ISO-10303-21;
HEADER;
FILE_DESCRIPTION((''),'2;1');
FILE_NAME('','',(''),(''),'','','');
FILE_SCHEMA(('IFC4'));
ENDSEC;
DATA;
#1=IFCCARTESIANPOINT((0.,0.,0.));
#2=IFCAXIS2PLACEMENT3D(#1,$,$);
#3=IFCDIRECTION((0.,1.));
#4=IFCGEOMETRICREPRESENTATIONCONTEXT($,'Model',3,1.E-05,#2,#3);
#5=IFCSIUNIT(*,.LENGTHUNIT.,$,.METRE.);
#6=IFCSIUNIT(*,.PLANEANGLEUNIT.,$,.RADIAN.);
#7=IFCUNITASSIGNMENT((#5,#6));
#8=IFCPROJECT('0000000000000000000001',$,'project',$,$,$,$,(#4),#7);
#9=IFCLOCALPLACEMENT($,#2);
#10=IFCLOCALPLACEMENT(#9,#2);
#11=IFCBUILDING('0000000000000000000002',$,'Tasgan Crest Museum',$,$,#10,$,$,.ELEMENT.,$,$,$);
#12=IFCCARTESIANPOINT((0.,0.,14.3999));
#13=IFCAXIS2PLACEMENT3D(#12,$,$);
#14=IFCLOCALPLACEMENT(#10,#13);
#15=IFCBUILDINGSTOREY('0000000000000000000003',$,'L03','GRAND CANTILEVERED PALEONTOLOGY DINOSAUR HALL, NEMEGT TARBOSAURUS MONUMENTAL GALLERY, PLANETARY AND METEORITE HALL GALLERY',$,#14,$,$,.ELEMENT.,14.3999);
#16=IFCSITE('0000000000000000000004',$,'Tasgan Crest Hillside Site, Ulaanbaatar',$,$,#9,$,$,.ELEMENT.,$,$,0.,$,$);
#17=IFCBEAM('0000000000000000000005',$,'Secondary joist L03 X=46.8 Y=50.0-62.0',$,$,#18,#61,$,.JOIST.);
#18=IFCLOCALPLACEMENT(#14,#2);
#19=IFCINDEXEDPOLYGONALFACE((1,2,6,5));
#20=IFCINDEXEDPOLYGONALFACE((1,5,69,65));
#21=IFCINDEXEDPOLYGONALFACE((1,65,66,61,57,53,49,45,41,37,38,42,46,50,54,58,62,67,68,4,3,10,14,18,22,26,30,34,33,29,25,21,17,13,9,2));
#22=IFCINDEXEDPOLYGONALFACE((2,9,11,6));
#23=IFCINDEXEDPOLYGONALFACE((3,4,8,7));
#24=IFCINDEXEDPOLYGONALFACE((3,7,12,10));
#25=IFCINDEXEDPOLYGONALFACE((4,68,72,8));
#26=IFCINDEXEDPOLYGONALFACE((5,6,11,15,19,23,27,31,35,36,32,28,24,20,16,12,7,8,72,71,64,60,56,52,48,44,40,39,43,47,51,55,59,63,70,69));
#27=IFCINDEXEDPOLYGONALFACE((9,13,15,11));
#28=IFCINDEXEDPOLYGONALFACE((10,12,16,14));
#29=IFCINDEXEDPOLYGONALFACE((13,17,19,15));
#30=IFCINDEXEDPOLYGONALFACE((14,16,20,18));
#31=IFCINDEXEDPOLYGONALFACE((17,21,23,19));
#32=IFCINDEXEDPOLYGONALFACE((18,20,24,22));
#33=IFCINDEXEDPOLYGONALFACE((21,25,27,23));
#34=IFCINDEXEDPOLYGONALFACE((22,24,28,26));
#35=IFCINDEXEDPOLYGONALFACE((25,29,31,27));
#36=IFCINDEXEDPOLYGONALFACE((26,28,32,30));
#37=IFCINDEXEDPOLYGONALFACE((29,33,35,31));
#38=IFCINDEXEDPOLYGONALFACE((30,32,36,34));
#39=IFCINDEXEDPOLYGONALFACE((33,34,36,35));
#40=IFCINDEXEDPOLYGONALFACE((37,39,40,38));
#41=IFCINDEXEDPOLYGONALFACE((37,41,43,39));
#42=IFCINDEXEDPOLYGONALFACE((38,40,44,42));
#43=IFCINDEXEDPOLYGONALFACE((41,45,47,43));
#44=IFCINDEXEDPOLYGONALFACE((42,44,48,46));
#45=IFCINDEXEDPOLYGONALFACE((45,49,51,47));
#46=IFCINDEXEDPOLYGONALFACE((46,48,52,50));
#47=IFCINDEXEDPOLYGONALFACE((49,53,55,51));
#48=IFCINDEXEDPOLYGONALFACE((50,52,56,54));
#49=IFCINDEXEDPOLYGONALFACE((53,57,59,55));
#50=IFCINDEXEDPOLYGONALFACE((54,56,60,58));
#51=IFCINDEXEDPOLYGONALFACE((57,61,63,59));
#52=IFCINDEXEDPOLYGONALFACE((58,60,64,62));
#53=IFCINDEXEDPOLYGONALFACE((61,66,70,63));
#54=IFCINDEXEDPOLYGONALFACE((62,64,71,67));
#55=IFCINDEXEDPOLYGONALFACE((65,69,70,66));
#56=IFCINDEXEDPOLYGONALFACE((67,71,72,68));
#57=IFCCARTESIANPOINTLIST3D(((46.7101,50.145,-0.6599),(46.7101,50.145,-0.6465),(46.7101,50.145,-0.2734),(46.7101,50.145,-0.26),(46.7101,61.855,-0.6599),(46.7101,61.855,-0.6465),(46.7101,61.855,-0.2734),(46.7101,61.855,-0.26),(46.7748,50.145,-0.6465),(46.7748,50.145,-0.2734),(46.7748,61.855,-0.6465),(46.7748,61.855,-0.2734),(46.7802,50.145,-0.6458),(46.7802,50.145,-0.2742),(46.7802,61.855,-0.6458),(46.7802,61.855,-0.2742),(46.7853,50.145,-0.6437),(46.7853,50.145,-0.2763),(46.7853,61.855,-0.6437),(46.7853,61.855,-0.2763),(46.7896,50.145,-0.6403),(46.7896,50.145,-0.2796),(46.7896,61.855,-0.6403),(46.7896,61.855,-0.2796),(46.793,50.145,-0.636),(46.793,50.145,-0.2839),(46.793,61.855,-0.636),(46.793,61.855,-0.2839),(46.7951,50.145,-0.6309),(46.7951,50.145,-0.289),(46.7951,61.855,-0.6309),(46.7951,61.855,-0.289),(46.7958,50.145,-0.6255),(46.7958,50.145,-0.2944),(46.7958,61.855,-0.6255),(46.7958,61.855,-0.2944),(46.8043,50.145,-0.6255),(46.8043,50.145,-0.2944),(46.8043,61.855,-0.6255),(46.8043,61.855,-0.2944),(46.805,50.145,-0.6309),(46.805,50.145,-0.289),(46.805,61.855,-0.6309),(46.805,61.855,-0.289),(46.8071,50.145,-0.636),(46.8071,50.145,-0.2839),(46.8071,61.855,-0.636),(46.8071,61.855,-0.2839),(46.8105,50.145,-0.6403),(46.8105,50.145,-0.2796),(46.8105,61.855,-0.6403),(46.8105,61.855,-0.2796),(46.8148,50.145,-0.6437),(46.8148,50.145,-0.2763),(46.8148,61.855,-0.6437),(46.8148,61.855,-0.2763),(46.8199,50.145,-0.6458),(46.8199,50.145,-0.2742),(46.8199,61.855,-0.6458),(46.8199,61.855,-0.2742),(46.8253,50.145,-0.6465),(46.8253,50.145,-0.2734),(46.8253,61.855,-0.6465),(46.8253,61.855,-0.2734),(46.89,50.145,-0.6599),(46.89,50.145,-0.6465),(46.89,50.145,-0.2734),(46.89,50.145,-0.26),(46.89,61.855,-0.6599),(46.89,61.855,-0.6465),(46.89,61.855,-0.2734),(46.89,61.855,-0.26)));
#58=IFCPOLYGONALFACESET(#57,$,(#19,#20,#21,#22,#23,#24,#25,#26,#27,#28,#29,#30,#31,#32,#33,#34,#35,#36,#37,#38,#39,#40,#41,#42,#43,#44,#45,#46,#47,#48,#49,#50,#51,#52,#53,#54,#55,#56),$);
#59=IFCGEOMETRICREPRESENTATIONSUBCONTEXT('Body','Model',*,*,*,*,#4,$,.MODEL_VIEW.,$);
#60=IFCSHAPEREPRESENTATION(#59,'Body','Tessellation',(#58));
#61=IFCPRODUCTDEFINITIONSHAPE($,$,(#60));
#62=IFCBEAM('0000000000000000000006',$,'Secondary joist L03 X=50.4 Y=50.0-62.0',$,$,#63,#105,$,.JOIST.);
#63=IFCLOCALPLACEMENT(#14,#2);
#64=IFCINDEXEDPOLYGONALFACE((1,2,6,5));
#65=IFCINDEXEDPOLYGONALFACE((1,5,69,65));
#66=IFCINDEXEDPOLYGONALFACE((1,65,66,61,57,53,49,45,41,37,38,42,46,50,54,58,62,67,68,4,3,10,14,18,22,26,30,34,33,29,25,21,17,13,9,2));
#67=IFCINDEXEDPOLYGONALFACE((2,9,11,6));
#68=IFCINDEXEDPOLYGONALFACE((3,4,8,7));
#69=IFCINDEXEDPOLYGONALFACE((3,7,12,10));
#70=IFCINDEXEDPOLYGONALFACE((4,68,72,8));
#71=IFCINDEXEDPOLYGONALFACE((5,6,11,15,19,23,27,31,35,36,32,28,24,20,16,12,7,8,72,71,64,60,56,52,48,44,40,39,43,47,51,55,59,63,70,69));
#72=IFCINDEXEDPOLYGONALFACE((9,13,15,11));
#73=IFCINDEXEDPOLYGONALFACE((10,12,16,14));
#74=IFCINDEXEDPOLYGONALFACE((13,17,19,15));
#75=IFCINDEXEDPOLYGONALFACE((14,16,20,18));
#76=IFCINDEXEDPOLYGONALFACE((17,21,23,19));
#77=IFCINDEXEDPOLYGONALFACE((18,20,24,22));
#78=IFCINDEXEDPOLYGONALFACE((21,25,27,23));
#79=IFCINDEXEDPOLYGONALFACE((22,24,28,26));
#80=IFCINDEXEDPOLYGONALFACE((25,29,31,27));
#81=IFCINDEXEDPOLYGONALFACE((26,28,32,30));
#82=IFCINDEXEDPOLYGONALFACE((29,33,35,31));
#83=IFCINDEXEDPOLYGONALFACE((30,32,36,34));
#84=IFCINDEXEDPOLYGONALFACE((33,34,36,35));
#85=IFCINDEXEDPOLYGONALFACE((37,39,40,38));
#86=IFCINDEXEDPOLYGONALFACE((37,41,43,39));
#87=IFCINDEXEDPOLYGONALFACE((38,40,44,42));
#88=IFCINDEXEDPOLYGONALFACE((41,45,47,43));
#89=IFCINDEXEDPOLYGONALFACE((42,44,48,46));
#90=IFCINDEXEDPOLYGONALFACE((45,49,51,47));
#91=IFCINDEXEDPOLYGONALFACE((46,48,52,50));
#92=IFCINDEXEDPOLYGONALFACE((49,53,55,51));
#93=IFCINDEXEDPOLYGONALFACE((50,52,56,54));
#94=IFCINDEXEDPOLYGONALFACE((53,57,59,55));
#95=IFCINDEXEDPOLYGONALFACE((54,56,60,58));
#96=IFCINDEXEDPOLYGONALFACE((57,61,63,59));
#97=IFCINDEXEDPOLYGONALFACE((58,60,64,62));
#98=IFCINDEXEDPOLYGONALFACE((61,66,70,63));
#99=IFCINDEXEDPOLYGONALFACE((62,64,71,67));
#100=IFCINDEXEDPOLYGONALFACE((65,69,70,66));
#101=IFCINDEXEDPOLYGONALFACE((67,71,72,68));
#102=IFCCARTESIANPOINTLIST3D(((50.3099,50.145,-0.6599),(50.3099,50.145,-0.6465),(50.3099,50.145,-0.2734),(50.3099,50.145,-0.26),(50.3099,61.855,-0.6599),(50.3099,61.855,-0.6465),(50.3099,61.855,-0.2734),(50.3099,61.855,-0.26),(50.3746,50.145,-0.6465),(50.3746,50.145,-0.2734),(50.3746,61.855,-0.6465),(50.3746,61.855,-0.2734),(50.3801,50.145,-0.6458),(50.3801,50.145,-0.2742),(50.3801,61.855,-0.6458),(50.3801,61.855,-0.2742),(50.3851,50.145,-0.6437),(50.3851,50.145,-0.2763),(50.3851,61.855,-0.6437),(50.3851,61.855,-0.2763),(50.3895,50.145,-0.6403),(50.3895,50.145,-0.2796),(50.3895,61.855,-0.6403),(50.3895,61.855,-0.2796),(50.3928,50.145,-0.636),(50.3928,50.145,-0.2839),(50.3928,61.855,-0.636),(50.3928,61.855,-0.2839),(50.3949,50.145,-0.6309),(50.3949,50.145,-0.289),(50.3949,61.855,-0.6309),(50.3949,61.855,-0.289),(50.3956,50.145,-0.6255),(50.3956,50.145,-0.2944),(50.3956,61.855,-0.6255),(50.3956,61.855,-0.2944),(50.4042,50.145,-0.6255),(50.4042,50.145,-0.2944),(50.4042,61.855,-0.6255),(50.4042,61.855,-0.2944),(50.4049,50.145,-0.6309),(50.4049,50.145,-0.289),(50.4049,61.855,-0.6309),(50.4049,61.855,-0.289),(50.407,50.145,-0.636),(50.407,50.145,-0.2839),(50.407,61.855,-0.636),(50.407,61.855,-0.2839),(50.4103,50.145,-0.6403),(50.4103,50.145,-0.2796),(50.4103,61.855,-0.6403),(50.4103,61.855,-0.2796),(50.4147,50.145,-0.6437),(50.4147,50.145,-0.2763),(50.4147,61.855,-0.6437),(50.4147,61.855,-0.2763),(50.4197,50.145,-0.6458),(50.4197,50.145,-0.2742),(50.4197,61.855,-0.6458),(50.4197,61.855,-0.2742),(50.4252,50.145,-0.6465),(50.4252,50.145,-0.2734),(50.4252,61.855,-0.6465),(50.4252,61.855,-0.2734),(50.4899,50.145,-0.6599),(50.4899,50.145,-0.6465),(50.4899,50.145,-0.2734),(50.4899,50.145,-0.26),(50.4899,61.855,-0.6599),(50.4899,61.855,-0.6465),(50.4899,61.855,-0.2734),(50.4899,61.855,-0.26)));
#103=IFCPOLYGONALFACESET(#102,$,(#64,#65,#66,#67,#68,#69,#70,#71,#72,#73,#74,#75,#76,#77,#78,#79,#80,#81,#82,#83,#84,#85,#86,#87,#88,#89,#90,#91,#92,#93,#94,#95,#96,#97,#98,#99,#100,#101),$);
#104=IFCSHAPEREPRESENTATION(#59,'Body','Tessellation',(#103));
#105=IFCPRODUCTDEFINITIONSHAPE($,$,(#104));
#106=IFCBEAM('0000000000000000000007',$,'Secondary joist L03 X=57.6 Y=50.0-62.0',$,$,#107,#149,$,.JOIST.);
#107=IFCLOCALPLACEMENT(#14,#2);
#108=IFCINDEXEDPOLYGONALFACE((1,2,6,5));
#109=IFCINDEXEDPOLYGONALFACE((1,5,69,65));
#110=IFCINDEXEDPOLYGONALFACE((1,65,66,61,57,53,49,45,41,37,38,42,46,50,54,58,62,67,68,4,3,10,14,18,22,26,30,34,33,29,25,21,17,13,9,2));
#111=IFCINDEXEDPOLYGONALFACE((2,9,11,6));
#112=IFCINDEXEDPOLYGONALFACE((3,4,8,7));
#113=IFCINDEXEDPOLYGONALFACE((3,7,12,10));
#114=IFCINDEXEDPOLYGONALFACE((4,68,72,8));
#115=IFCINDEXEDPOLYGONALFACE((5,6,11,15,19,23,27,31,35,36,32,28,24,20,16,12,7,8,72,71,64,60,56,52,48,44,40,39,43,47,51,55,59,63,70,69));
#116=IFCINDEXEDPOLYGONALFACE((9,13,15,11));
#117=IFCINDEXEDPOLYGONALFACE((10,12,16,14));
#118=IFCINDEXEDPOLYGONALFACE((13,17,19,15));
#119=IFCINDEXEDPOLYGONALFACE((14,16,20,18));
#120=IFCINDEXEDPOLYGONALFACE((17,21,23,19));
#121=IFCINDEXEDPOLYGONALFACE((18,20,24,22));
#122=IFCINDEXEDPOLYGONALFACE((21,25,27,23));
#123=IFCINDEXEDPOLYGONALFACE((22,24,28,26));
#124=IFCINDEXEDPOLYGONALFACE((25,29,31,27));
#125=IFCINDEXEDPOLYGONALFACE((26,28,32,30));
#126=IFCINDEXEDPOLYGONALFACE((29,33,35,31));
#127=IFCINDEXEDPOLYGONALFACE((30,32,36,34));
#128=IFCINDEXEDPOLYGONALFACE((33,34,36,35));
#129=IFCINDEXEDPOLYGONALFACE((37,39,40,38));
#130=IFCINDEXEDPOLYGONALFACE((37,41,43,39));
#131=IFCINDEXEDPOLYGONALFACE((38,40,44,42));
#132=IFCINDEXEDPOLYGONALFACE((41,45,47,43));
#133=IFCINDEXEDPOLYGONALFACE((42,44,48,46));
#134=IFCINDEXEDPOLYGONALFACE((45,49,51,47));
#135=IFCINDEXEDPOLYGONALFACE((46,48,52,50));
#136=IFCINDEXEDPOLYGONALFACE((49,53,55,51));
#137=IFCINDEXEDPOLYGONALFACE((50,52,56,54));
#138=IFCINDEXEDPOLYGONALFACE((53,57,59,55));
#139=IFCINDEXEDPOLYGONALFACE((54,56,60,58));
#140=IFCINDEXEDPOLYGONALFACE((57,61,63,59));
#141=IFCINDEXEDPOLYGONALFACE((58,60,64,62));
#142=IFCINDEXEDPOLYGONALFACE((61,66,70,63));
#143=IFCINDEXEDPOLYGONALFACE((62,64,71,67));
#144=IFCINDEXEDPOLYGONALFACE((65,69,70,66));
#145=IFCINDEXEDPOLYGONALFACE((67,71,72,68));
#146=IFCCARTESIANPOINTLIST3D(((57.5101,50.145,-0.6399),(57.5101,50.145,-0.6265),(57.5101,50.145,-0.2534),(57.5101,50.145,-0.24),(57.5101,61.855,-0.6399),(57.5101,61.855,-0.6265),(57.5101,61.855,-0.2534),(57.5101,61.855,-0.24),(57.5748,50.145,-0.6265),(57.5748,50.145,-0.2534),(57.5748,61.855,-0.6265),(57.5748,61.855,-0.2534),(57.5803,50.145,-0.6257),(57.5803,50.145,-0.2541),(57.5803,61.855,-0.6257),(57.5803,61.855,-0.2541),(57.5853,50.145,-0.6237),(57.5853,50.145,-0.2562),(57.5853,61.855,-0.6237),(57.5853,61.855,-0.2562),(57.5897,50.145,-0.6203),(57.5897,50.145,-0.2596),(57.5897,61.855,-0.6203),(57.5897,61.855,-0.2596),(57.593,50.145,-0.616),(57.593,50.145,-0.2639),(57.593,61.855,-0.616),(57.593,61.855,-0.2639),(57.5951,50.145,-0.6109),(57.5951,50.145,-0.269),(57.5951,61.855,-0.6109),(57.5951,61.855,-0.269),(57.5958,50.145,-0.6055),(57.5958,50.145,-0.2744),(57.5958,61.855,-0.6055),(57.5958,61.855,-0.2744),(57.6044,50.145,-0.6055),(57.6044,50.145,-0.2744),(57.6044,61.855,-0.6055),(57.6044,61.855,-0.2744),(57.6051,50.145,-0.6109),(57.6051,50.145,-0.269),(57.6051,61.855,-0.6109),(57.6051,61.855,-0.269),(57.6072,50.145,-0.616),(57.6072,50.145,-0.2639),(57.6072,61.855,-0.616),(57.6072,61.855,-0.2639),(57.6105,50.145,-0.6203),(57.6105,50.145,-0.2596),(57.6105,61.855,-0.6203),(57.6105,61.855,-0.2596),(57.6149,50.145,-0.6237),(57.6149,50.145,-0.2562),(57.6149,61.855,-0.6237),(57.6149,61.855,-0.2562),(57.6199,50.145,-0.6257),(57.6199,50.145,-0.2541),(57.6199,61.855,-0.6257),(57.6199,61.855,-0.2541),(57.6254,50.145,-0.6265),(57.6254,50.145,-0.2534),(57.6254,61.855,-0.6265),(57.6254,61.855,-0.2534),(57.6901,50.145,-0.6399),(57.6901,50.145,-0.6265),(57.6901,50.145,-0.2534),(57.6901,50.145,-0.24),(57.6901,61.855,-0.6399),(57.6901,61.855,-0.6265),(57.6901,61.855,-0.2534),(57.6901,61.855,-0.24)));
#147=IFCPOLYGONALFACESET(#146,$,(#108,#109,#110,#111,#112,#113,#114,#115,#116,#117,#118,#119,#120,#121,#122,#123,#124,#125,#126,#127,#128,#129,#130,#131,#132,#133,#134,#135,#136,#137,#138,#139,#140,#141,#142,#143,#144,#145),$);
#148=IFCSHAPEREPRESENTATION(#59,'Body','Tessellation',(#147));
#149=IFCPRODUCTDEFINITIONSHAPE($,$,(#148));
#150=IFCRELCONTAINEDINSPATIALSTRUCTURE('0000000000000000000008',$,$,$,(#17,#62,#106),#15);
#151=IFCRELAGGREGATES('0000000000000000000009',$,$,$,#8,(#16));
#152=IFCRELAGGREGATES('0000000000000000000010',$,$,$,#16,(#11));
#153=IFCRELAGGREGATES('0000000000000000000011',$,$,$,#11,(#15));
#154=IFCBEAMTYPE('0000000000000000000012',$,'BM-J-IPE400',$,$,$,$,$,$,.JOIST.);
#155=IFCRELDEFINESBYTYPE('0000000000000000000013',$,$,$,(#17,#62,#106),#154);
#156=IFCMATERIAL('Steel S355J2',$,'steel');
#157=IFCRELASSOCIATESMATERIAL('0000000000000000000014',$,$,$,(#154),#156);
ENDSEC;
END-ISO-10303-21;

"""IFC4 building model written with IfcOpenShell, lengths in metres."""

from ifc_helpers import new_model, si_unit, direction, frame, origin, origin_2d, place, context, subcontext, project, spatial, i_section, extrude, material, material_profile, profile_set, type_object, element, save


model = new_model("IFC4")

# Units and contexts
model_context = context("Model", 3, precision=1e-05, world=origin(), true_north=direction((0.0, 1.0)))
body_context = subcontext(model_context, "Body", "Model", "MODEL_VIEW")
ifc_project = project(units=[si_unit("LENGTHUNIT", "METRE"), si_unit("PLANEANGLEUNIT", "RADIAN")], contexts=[model_context])

# Site, building, storey
site_placement = place(None, origin())
site = spatial("IfcSite", under=ifc_project, at=site_placement, Name="Tasgan Crest Hillside Site, Ulaanbaatar", CompositionType="ELEMENT", RefElevation=0.0)
building_placement = place(site_placement, origin())
building = spatial("IfcBuilding", under=site, at=building_placement, Name="Tasgan Crest Museum", CompositionType="ELEMENT")
storey_placement = place(building_placement, frame((0.0, 0.0, 14.3999)))
storey = spatial("IfcBuildingStorey", under=building, at=storey_placement, Name="L03", Description="GRAND CANTILEVERED PALEONTOLOGY DINOSAUR HALL, NEMEGT TARBOSAURUS MONUMENTAL GALLERY, PLANETARY AND METEORITE HALL GALLERY", CompositionType="ELEMENT", Elevation=14.3999)

# Beams
ifc_material_1 = material(Name="Steel S355J2", Category="steel")
ifc_material_profile_1 = material_profile(ifc_material_1, i_section(OverallWidth=0.1799, OverallDepth=0.3999, WebThickness=0.0085, FlangeThickness=0.0134, FilletRadius=0.021, at=origin_2d()), Name="IPE 400")
ifc_profile_set_1 = profile_set([ifc_material_profile_1], Name="Steel S355J2")
beam_type_1 = type_object("IfcBeamType", Name="BM-J-IPE400", PredefinedType="JOIST", material=ifc_profile_set_1)
for number, where, z_axis, x_axis, name in (
    (1, (46.8, 50.145, -0.46), (0.0, 1.0, 0.0), (-1.0, 0.0, 0.0), "Secondary joist L03 X=46.8 Y=50.0-62.0"),
    (2, (50.3999, 50.145, -0.46), (0.0, 1.0, 0.0), (-1.0, 0.0, 0.0), "Secondary joist L03 X=50.4 Y=50.0-62.0"),
    (3, (57.6001, 50.145, -0.4399), (0.0, 1.0, 0.0), (-1.0, 0.0, 0.0), "Secondary joist L03 X=57.6 Y=50.0-62.0"),
):
    element("IfcBeam", number, at=place(storey_placement, frame(where, z_axis=z_axis, x_axis=x_axis)), inside=storey, type_object=beam_type_1, Name=name, PredefinedType="JOIST", context=body_context, shape_type="SweptSolid", body=[
        extrude(i_section(OverallWidth=0.1799, OverallDepth=0.3999, WebThickness=0.0085, FlangeThickness=0.0134, FilletRadius=0.021, at=origin_2d()), origin(), (0.0, 0.0, 1.0), 11.71),
    ])

save(model, "model.ifc")
